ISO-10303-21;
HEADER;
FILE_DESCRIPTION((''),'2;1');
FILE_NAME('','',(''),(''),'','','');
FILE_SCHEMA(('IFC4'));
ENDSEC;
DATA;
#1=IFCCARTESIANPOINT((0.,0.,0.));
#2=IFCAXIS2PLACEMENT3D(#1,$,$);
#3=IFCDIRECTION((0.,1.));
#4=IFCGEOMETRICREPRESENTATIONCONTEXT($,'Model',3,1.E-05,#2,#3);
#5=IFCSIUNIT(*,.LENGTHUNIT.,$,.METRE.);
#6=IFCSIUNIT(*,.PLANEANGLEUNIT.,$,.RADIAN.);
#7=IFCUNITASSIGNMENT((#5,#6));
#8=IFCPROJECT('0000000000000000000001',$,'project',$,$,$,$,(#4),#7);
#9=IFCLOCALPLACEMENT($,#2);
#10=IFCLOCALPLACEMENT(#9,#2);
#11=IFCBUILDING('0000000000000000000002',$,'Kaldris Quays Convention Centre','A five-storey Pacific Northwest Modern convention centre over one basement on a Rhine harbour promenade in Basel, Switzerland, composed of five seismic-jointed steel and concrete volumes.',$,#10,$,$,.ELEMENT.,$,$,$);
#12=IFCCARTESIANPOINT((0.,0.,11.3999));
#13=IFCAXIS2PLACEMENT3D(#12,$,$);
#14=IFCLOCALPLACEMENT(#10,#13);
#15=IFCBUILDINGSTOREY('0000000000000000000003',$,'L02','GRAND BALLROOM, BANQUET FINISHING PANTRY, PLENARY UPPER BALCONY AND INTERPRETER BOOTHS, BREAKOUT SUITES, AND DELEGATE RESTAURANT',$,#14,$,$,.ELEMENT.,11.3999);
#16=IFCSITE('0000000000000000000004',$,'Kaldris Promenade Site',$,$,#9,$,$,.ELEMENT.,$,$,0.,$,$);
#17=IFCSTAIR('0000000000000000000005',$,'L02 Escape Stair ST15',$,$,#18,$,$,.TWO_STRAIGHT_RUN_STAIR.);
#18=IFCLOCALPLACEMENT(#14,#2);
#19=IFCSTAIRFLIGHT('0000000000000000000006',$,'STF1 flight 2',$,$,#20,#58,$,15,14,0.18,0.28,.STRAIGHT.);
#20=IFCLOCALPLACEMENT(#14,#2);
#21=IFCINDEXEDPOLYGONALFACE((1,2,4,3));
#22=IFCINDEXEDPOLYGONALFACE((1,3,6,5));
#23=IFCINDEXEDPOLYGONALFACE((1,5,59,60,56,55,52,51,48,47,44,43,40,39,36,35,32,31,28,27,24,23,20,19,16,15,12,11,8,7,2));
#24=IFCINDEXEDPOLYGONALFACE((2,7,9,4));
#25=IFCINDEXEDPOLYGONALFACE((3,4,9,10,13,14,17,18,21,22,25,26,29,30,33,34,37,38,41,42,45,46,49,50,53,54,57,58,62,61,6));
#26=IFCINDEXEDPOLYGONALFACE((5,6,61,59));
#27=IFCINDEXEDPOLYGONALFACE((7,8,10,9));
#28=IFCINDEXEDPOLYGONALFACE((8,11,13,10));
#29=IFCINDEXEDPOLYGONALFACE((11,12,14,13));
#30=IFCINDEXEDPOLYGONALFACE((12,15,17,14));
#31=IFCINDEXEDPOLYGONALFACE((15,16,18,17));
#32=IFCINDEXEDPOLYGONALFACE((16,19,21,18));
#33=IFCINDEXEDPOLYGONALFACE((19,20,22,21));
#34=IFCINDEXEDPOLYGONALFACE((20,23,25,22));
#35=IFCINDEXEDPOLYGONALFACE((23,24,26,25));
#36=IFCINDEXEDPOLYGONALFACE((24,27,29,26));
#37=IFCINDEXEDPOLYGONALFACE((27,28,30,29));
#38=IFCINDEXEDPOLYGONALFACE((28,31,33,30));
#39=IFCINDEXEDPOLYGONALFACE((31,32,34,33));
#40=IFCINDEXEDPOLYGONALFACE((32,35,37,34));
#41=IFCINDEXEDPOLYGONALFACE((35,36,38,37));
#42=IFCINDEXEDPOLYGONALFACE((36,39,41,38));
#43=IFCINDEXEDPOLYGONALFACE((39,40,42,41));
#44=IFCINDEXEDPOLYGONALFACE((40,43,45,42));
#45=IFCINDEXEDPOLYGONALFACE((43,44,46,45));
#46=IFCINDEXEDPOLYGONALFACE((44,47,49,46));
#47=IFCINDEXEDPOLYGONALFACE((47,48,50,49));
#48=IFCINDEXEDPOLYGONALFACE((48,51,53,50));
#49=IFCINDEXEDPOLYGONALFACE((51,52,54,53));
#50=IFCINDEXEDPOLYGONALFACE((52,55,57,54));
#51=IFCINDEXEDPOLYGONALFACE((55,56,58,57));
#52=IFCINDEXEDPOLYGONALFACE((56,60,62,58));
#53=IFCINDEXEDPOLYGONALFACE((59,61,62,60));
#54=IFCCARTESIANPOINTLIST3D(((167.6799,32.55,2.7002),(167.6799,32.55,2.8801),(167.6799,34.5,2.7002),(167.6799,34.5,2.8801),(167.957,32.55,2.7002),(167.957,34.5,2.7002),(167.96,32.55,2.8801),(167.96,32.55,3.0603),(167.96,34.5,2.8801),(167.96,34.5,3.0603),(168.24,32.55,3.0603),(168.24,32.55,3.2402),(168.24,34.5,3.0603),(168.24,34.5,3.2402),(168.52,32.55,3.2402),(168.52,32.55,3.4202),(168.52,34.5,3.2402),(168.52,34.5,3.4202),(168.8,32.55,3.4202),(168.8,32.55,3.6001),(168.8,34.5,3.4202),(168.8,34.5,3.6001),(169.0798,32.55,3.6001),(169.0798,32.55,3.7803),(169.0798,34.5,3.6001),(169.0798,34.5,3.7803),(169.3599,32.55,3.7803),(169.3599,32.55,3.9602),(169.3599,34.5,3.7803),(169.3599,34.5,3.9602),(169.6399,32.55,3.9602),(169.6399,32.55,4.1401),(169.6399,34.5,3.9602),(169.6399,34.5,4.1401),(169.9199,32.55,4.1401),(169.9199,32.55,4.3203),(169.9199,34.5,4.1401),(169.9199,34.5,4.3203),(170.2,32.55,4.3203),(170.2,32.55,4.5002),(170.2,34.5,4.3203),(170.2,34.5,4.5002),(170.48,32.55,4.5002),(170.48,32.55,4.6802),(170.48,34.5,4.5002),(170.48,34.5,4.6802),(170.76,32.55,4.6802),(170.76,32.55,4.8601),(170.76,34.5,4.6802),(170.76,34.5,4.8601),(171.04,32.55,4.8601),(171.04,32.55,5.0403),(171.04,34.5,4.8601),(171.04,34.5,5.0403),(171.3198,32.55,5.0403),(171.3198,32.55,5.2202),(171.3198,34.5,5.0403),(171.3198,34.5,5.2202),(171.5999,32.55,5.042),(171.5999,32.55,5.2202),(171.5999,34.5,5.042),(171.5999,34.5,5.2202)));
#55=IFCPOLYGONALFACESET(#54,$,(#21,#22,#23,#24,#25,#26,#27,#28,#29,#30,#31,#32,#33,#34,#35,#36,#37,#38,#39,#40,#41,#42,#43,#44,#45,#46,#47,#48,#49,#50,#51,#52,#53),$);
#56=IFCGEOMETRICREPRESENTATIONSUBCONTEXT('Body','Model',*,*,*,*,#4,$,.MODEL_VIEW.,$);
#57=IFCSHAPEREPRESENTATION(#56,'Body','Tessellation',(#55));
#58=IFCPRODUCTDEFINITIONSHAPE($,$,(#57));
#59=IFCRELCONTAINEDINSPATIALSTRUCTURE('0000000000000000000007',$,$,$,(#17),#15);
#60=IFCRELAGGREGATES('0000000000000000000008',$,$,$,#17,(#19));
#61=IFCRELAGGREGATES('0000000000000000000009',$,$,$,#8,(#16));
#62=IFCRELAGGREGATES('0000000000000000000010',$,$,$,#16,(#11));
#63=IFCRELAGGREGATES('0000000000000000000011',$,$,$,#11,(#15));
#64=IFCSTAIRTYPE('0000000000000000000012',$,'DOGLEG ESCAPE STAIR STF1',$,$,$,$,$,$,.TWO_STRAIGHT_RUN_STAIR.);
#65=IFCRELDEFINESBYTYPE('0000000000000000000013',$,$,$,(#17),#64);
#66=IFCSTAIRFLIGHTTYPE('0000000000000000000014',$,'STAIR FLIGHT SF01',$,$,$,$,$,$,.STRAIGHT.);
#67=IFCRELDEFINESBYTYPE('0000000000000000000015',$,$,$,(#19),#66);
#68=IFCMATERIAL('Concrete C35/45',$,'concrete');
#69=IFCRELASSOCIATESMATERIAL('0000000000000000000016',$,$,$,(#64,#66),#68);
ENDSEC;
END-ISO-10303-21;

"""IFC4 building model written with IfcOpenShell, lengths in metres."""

from ifc_helpers import new_model, si_unit, direction, frame, origin, place, context, subcontext, project, spatial, polyline, outline, extrude, material, type_object, element, aggregate, save


model = new_model("IFC4")

# Units and contexts
model_context = context("Model", 3, precision=1e-05, world=origin(), true_north=direction((0.0, 1.0)))
body_context = subcontext(model_context, "Body", "Model", "MODEL_VIEW")
ifc_project = project(units=[si_unit("LENGTHUNIT", "METRE"), si_unit("PLANEANGLEUNIT", "RADIAN")], contexts=[model_context])

# Site, building, storey
site_placement = place(None, origin())
site = spatial("IfcSite", under=ifc_project, at=site_placement, Name="Kaldris Promenade Site", CompositionType="ELEMENT", RefElevation=0.0)
building_placement = place(site_placement, origin())
building = spatial("IfcBuilding", under=site, at=building_placement, Name="Kaldris Quays Convention Centre", Description="A five-storey Pacific Northwest Modern convention centre over one basement on a Rhine harbour promenade in Basel, Switzerland, composed of five seismic-jointed steel and concrete volumes.", CompositionType="ELEMENT")
storey_placement = place(building_placement, frame((0.0, 0.0, 11.3999)))
storey = spatial("IfcBuildingStorey", under=building, at=storey_placement, Name="L02", Description="GRAND BALLROOM, BANQUET FINISHING PANTRY, PLENARY UPPER BALCONY AND INTERPRETER BOOTHS, BREAKOUT SUITES, AND DELEGATE RESTAURANT", CompositionType="ELEMENT", Elevation=11.3999)

# Stair, stair flight
ifc_material_1 = material(Name="Concrete C35/45", Category="concrete")
stair_type = type_object("IfcStairType", Name="DOGLEG ESCAPE STAIR STF1", PredefinedType="TWO_STRAIGHT_RUN_STAIR", material=ifc_material_1)
stair_placement = place(storey_placement, origin())
stair = element("IfcStair", 1, at=stair_placement, inside=storey, type_object=stair_type, Name="L02 Escape Stair ST15", PredefinedType="TWO_STRAIGHT_RUN_STAIR")
stair_flight_type = type_object("IfcStairFlightType", Name="STAIR FLIGHT SF01", PredefinedType="STRAIGHT", material=ifc_material_1)
stair_flight_1_placement = place(storey_placement, frame((167.6799, 33.5249, 2.7002), z_axis=(0.0, 0.0, 1.0), x_axis=(1.0, 0.0, 0.0)))
stair_flight_1 = element("IfcStairFlight", 2, at=stair_flight_1_placement, type_object=stair_flight_type, Name="STF1 flight 2", NumberOfRisers=15, NumberOfTreads=14, PredefinedType="STRAIGHT", RiserHeight=0.18, TreadLength=0.28, context=body_context, shape_type="SweptSolid", body=[
    extrude(outline(polyline([(0.0, 0.0), (0.0, 0.1799), (0.28, 0.1799), (0.28, 0.3601), (0.5601, 0.3601), (0.5601, 0.54), (0.8401, 0.54), (0.8401, 0.72), (1.1201, 0.72), (1.1201, 0.8999), (1.3999, 0.8999), (1.3999, 1.0801), (1.6799, 1.0801), (1.6799, 1.26), (1.96, 1.26), (1.96, 1.4399), (2.24, 1.4399), (2.24, 1.6201), (2.52, 1.6201), (2.52, 1.8), (2.8, 1.8), (2.8, 1.98), (3.0801, 1.98), (3.0801, 2.1599), (3.3601, 2.1599), (3.3601, 2.3401), (3.6399, 2.3401), (3.6399, 2.52), (3.9199, 2.52), (3.9199, 2.7), (3.9199, 2.3418), (0.2771, 0.0), (0.0, 0.0)])), frame((0.0, 0.9751, 0.0), z_axis=(0.0, -1.0, 0.0), x_axis=(1.0, 0.0, 0.0)), (0.0, 0.0, 1.0), 1.95),
])
aggregate(stair, [stair_flight_1])

save(model, "model.ifc")
